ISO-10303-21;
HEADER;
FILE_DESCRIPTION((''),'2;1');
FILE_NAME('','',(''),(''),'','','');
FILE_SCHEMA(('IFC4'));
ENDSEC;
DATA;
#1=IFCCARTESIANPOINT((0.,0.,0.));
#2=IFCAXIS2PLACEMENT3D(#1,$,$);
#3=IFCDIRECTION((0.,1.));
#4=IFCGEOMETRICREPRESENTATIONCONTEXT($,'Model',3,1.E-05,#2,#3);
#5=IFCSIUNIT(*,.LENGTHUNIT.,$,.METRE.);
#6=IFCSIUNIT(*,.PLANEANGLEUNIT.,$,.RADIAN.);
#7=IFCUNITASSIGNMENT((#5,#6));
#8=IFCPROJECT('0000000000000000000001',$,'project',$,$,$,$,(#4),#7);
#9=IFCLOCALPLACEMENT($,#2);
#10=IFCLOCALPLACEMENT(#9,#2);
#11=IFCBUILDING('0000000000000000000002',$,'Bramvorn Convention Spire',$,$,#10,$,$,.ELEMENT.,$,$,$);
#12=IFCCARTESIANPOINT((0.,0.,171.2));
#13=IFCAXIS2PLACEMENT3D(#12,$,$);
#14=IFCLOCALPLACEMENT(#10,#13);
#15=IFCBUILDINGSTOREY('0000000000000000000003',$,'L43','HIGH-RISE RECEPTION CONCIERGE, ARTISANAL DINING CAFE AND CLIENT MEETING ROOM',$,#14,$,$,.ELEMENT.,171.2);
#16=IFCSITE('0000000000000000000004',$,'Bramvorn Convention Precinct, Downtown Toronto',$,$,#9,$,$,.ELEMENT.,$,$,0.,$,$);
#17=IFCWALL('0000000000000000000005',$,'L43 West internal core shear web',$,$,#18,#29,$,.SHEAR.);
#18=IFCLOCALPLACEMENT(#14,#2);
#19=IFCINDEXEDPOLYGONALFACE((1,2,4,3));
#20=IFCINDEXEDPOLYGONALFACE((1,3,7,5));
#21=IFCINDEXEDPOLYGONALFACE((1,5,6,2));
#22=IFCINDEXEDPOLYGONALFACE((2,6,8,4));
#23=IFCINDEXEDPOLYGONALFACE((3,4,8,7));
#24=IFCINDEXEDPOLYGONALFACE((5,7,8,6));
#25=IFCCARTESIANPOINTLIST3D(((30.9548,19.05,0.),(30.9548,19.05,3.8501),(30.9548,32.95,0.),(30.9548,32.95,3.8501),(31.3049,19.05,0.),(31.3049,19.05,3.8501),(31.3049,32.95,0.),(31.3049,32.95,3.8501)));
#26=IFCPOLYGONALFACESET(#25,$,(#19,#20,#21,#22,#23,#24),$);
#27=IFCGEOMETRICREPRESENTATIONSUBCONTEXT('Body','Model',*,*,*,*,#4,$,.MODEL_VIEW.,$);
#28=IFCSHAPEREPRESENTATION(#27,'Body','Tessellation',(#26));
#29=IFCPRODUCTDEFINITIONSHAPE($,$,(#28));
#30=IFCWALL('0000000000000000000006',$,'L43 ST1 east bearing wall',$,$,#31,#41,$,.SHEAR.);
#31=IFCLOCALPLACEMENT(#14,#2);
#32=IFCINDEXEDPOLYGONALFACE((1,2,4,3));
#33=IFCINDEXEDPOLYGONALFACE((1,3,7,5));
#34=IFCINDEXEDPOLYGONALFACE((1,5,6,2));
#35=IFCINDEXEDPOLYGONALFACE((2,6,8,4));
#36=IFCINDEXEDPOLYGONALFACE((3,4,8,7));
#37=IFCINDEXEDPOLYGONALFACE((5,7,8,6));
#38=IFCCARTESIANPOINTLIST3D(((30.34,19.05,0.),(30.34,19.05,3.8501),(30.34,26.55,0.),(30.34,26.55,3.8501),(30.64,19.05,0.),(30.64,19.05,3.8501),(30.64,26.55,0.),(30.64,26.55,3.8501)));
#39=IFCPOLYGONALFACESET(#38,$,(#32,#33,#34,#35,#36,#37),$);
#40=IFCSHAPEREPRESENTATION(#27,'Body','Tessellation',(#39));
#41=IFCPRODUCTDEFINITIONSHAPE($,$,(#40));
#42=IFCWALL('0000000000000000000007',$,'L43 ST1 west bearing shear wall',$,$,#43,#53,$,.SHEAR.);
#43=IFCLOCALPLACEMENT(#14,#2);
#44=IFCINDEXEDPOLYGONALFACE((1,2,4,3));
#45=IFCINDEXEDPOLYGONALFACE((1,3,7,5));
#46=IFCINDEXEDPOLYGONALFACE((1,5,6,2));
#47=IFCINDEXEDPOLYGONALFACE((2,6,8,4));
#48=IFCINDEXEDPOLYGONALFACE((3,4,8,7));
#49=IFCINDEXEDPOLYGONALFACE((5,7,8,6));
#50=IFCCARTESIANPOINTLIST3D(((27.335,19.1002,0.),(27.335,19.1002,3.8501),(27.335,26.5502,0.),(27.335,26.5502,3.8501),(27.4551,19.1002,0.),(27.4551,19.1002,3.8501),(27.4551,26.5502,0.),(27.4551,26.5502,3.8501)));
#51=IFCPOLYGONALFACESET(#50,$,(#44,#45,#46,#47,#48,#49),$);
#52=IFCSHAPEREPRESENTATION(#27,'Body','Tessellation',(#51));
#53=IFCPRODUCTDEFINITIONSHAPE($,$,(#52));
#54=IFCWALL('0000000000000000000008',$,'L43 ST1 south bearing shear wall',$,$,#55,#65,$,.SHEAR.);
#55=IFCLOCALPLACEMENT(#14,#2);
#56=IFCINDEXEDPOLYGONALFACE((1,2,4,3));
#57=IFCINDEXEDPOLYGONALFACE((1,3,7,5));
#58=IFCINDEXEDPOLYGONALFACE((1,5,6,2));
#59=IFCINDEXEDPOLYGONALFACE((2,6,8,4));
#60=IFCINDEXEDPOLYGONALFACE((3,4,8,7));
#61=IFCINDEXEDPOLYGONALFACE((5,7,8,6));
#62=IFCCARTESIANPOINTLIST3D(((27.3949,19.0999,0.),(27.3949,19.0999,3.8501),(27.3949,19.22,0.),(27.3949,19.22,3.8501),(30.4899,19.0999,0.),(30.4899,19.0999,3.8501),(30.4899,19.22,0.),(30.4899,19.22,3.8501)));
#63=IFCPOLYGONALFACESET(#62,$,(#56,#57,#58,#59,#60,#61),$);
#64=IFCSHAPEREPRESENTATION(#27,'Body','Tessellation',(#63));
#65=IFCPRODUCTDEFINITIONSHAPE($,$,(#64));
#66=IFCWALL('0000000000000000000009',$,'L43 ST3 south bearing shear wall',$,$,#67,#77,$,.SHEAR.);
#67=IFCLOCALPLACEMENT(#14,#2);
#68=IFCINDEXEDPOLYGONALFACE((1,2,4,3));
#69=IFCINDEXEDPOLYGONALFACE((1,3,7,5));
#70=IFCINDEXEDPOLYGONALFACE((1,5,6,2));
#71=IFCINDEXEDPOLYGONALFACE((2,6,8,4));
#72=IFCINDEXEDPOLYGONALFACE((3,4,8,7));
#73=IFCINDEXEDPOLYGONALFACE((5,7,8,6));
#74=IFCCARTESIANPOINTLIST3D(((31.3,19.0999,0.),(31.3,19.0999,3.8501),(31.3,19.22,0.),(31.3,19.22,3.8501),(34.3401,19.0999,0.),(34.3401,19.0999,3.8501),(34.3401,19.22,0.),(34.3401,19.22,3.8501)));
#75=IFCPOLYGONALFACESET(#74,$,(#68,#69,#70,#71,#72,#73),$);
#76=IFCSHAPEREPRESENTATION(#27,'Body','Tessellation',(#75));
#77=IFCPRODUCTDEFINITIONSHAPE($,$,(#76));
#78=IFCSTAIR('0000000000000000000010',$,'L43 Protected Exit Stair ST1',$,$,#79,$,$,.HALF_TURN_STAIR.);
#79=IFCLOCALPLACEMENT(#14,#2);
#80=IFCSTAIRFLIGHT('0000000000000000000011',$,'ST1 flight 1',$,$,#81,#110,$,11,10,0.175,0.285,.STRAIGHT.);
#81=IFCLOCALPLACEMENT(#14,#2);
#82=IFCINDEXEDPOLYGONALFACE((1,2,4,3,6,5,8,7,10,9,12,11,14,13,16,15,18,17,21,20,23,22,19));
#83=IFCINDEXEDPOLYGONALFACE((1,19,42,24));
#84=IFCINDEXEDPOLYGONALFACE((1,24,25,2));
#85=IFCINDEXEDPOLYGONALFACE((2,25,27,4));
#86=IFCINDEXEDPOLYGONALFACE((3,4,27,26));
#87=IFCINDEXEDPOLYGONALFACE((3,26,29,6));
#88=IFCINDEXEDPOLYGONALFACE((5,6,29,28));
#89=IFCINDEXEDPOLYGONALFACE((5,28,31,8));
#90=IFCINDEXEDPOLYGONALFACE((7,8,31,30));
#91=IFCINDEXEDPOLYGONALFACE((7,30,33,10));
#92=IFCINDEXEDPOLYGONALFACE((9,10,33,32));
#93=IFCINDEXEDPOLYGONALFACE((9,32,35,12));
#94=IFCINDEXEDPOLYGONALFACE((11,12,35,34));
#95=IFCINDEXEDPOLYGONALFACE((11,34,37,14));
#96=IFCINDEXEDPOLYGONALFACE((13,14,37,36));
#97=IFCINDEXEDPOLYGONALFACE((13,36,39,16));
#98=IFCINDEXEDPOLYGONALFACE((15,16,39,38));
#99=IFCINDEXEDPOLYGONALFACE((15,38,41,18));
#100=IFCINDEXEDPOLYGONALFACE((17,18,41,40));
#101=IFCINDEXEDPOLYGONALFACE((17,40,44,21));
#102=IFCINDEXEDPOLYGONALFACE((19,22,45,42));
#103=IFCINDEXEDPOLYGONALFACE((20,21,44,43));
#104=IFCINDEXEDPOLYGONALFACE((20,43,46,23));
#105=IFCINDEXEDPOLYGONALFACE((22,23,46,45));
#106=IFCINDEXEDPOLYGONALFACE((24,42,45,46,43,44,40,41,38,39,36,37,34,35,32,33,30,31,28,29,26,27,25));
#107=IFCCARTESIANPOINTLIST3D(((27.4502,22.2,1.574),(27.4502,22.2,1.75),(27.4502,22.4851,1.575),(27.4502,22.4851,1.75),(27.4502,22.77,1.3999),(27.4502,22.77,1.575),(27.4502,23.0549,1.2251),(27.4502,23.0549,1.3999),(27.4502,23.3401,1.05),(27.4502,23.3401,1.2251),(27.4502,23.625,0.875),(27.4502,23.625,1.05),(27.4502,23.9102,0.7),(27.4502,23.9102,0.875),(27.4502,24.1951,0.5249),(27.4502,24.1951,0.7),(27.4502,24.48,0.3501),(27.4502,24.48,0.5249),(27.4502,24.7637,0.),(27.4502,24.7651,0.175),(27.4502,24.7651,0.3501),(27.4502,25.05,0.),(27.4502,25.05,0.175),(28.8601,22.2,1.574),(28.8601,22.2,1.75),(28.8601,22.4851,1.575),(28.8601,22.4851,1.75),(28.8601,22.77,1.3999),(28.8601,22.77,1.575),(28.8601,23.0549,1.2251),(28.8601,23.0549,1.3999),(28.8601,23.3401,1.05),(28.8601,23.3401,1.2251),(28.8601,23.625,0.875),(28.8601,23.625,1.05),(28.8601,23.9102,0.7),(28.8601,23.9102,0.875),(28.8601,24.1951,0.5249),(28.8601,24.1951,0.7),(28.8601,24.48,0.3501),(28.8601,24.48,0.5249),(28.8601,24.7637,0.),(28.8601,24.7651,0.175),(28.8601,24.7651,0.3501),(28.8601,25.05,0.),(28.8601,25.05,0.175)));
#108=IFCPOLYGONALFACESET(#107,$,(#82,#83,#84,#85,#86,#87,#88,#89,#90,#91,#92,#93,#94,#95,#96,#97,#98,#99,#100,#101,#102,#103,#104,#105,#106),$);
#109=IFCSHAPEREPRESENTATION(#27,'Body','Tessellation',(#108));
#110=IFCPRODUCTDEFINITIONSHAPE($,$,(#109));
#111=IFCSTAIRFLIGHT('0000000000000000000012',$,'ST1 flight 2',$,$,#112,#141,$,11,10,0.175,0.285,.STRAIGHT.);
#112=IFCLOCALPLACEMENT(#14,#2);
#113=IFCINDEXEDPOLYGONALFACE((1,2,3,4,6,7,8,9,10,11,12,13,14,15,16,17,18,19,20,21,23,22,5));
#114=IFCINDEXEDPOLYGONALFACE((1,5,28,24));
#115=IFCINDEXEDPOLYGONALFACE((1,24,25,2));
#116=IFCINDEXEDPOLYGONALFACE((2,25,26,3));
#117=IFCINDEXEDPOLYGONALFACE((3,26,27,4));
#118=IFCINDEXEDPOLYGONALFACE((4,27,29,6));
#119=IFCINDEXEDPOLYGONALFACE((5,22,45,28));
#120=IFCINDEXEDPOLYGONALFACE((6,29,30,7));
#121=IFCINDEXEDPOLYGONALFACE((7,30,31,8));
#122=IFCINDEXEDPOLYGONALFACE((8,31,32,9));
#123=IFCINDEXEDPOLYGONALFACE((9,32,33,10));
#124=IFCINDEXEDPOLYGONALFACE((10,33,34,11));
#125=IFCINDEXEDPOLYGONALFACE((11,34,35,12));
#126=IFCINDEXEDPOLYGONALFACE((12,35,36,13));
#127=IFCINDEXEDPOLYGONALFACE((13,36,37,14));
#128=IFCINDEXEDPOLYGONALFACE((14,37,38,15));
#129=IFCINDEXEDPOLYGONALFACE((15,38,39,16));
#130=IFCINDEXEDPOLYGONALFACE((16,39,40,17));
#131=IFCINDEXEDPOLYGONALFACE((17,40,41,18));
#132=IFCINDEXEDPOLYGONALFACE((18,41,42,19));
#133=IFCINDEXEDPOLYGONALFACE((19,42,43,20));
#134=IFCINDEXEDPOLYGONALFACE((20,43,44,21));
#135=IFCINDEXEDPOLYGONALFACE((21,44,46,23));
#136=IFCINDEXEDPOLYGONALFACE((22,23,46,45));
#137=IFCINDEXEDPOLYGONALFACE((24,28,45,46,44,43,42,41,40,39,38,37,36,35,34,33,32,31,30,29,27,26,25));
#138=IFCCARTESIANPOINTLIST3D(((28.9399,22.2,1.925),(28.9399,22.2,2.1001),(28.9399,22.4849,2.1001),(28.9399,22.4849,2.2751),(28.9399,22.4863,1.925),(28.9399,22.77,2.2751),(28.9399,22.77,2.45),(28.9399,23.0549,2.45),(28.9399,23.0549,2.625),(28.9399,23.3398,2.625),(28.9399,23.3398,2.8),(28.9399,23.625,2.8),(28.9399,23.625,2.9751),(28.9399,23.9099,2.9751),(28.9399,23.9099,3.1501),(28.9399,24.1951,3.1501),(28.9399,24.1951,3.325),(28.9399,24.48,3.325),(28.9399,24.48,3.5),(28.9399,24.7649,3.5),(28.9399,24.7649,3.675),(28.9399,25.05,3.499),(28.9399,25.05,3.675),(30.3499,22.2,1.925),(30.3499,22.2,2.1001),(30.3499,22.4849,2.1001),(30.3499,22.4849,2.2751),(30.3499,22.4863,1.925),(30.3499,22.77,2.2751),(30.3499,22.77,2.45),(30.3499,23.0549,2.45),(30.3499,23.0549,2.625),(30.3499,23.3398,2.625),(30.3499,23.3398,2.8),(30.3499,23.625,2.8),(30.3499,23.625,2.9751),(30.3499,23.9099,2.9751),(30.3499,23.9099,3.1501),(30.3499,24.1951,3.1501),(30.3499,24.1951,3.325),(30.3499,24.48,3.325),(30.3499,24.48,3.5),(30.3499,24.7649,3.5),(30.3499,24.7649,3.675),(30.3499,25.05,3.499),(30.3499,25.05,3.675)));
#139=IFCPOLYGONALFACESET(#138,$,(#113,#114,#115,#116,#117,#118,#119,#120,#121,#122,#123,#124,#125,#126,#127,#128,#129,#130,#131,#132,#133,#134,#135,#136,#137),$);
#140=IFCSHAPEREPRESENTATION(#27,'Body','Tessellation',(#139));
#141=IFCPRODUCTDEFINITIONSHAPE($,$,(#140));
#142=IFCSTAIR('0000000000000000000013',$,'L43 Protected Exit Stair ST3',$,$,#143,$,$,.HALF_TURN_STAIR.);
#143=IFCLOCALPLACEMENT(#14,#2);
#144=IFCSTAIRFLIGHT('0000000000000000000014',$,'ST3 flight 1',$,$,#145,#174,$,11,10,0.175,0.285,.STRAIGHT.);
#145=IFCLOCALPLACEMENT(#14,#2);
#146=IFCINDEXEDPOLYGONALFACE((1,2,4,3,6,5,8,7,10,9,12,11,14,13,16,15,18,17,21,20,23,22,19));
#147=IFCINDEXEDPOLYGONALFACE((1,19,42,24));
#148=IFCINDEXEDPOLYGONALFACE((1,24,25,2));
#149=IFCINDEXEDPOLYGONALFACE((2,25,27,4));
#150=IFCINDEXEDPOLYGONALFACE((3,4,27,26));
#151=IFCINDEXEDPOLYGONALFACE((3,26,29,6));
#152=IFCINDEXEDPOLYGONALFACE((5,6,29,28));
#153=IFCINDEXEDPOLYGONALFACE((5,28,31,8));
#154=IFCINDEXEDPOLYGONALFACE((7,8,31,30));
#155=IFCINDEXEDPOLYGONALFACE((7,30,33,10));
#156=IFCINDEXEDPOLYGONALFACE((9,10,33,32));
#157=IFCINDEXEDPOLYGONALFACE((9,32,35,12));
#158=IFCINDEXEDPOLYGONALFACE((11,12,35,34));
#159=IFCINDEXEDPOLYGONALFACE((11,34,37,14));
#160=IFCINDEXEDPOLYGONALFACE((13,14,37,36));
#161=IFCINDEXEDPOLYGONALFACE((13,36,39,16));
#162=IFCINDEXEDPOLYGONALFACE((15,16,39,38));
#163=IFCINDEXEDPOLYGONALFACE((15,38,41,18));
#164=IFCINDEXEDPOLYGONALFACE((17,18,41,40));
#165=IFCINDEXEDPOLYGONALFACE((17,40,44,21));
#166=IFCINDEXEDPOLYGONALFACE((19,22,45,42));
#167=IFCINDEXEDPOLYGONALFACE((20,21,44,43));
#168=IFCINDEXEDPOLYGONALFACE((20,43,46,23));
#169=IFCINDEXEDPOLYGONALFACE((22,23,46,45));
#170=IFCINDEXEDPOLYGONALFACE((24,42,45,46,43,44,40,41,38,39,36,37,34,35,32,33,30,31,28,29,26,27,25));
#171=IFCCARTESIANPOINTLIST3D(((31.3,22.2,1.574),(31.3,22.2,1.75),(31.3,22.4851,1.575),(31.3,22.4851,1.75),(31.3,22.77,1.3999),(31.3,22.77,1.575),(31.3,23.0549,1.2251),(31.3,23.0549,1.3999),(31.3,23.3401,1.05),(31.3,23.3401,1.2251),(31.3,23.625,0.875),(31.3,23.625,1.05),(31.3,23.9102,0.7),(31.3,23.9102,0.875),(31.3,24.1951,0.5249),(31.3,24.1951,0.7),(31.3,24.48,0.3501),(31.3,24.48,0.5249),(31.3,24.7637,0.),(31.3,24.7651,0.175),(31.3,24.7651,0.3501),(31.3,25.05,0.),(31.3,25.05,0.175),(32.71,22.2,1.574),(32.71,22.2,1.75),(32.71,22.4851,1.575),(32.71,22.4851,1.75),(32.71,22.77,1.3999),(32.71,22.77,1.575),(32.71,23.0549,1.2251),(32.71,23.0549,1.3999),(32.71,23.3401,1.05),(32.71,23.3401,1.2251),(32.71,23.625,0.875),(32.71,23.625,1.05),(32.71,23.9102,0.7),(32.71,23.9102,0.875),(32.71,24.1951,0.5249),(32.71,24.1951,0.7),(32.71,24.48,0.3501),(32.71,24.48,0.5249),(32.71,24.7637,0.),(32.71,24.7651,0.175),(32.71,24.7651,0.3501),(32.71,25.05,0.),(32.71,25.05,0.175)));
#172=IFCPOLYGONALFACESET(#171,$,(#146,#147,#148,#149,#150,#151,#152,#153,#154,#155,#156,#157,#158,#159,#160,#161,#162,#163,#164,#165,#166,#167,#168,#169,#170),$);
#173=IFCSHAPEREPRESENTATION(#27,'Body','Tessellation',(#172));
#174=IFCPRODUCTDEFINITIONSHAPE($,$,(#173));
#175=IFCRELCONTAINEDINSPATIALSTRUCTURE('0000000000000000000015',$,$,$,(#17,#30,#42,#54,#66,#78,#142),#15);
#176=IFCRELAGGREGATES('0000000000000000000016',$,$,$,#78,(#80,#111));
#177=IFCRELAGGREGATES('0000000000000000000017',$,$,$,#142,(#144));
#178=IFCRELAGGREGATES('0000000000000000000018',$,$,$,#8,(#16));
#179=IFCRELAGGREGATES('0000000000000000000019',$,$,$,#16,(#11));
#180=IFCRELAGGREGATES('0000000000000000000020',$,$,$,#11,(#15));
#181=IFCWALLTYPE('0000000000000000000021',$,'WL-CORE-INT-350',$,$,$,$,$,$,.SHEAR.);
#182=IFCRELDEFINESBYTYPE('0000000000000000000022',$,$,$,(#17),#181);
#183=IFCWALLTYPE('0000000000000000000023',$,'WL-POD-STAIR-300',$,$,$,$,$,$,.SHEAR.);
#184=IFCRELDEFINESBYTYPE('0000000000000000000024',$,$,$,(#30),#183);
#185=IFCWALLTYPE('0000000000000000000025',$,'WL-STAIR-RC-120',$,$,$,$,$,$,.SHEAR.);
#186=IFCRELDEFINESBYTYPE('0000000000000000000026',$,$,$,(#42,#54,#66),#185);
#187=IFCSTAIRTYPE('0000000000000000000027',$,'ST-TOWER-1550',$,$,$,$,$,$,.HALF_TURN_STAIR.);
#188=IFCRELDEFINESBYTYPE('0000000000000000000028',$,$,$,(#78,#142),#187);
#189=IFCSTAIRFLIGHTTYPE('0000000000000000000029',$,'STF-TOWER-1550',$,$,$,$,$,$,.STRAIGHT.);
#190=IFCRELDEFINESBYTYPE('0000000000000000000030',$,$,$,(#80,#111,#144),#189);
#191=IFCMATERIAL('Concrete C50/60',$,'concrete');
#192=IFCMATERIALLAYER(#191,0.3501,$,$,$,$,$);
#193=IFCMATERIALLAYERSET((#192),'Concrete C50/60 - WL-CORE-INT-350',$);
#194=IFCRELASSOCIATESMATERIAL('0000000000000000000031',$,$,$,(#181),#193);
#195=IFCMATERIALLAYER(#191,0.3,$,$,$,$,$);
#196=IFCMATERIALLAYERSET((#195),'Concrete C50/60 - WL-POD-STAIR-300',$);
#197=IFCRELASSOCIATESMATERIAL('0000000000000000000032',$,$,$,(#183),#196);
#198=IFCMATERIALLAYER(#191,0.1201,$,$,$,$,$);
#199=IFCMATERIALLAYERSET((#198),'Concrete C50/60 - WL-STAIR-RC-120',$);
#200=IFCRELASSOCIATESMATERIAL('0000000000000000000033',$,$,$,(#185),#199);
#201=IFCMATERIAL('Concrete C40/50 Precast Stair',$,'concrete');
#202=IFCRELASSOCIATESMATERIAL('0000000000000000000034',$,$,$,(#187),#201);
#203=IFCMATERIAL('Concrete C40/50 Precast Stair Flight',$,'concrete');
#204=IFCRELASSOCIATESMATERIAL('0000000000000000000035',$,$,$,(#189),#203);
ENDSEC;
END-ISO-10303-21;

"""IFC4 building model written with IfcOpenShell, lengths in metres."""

from ifc_helpers import new_model, si_unit, direction, frame, frame_2d, origin, place, context, subcontext, project, spatial, polyline, rectangle, outline, extrude, material, layer, layer_set, type_object, element, aggregate, save


model = new_model("IFC4")

# Units and contexts
model_context = context("Model", 3, precision=1e-05, world=origin(), true_north=direction((0.0, 1.0)))
body_context = subcontext(model_context, "Body", "Model", "MODEL_VIEW")
ifc_project = project(units=[si_unit("LENGTHUNIT", "METRE"), si_unit("PLANEANGLEUNIT", "RADIAN")], contexts=[model_context])

# Site, building, storey
site_placement = place(None, origin())
site = spatial("IfcSite", under=ifc_project, at=site_placement, Name="Bramvorn Convention Precinct, Downtown Toronto", CompositionType="ELEMENT", RefElevation=0.0)
building_placement = place(site_placement, origin())
building = spatial("IfcBuilding", under=site, at=building_placement, Name="Bramvorn Convention Spire", CompositionType="ELEMENT")
storey_placement = place(building_placement, frame((0.0, 0.0, 171.2)))
storey = spatial("IfcBuildingStorey", under=building, at=storey_placement, Name="L43", Description="HIGH-RISE RECEPTION CONCIERGE, ARTISANAL DINING CAFE AND CLIENT MEETING ROOM", CompositionType="ELEMENT", Elevation=171.2)

# Walls
ifc_material_1 = material(Name="Concrete C50/60", Category="concrete")
ifc_layer_1 = layer(ifc_material_1, 0.3501)
ifc_layer_set_1 = layer_set([ifc_layer_1], Name="Concrete C50/60 - WL-CORE-INT-350")
wall_type_1 = type_object("IfcWallType", Name="WL-CORE-INT-350", PredefinedType="SHEAR", material=ifc_layer_set_1)
wall_1_placement = place(storey_placement, frame((31.1299, 19.05, 0.0), z_axis=(0.0, 0.0, 1.0), x_axis=(0.0, 1.0, 0.0)))
element("IfcWall", 1, at=wall_1_placement, inside=storey, type_object=wall_type_1, Name="L43 West internal core shear web", PredefinedType="SHEAR", context=body_context, shape_type="SweptSolid", body=[
    extrude(rectangle(XDim=13.8999, YDim=0.3501, at=frame_2d((6.95, 0.0))), origin(), (0.0, 0.0, 1.0), 3.8501),
])
ifc_layer_2 = layer(ifc_material_1, 0.3)
ifc_layer_set_2 = layer_set([ifc_layer_2], Name="Concrete C50/60 - WL-POD-STAIR-300")
wall_type_2 = type_object("IfcWallType", Name="WL-POD-STAIR-300", PredefinedType="SHEAR", material=ifc_layer_set_2)
wall_2_placement = place(storey_placement, frame((30.49, 19.05, 0.0), z_axis=(0.0, 0.0, 1.0), x_axis=(0.0, 1.0, 0.0)))
element("IfcWall", 2, at=wall_2_placement, inside=storey, type_object=wall_type_2, Name="L43 ST1 east bearing wall", PredefinedType="SHEAR", context=body_context, shape_type="SweptSolid", body=[
    extrude(rectangle(XDim=7.5, YDim=0.3, at=frame_2d((3.75, 0.0))), origin(), (0.0, 0.0, 1.0), 3.8501),
])
ifc_layer_3 = layer(ifc_material_1, 0.1201)
ifc_layer_set_3 = layer_set([ifc_layer_3], Name="Concrete C50/60 - WL-STAIR-RC-120")
wall_type_3 = type_object("IfcWallType", Name="WL-STAIR-RC-120", PredefinedType="SHEAR", material=ifc_layer_set_3)
wall_3_placement = place(storey_placement, frame((27.395, 19.1001, 0.0), z_axis=(0.0, 0.0, 1.0), x_axis=(0.0, 1.0, 0.0)))
element("IfcWall", 3, at=wall_3_placement, inside=storey, type_object=wall_type_3, Name="L43 ST1 west bearing shear wall", PredefinedType="SHEAR", context=body_context, shape_type="SweptSolid", body=[
    extrude(rectangle(XDim=7.45, YDim=0.1201, at=frame_2d((3.7251, 0.0))), origin(), (0.0, 0.0, 1.0), 3.8501),
])
wall_4_placement = place(storey_placement, frame((27.395, 19.1599, 0.0), z_axis=(0.0, 0.0, 1.0), x_axis=(1.0, 0.0, 0.0)))
element("IfcWall", 4, at=wall_4_placement, inside=storey, type_object=wall_type_3, Name="L43 ST1 south bearing shear wall", PredefinedType="SHEAR", context=body_context, shape_type="SweptSolid", body=[
    extrude(rectangle(XDim=3.095, YDim=0.1201, at=frame_2d((1.5474, 0.0))), origin(), (0.0, 0.0, 1.0), 3.8501),
])
wall_5_placement = place(storey_placement, frame((31.3, 19.1599, 0.0), z_axis=(0.0, 0.0, 1.0), x_axis=(1.0, 0.0, 0.0)))
element("IfcWall", 5, at=wall_5_placement, inside=storey, type_object=wall_type_3, Name="L43 ST3 south bearing shear wall", PredefinedType="SHEAR", context=body_context, shape_type="SweptSolid", body=[
    extrude(rectangle(XDim=3.04, YDim=0.1201, at=frame_2d((1.52, 0.0))), origin(), (0.0, 0.0, 1.0), 3.8501),
])

# Stairs, stair flights
ifc_material_2 = material(Name="Concrete C40/50 Precast Stair", Category="concrete")
stair_type = type_object("IfcStairType", Name="ST-TOWER-1550", PredefinedType="HALF_TURN_STAIR", material=ifc_material_2)
stair_1_placement = place(storey_placement, origin())
stair_1 = element("IfcStair", 6, at=stair_1_placement, inside=storey, type_object=stair_type, Name="L43 Protected Exit Stair ST1", PredefinedType="HALF_TURN_STAIR")
ifc_material_3 = material(Name="Concrete C40/50 Precast Stair Flight", Category="concrete")
stair_flight_type = type_object("IfcStairFlightType", Name="STF-TOWER-1550", PredefinedType="STRAIGHT", material=ifc_material_3)
stair_flight_1_placement = place(storey_placement, frame((28.155, 25.05, 0.0), z_axis=(0.0, 0.0, 1.0), x_axis=(0.0, -1.0, 0.0)))
stair_flight_1 = element("IfcStairFlight", 7, at=stair_flight_1_placement, type_object=stair_flight_type, Name="ST1 flight 1", NumberOfRisers=11, NumberOfTreads=10, PredefinedType="STRAIGHT", RiserHeight=0.175, TreadLength=0.285, context=body_context, shape_type="SweptSolid", body=[
    extrude(outline(polyline([(0.0, 0.0), (0.0, 0.175), (0.2849, 0.175), (0.2849, 0.3501), (0.5701, 0.3501), (0.5701, 0.5249), (0.855, 0.5249), (0.855, 0.7), (1.1399, 0.7), (1.1399, 0.875), (1.425, 0.875), (1.425, 1.05), (1.71, 1.05), (1.71, 1.2251), (1.9951, 1.2251), (1.9951, 1.3999), (2.28, 1.3999), (2.28, 1.575), (2.5649, 1.575), (2.5649, 1.75), (2.8501, 1.75), (2.8501, 1.925), (2.8501, 1.574), (0.2864, 0.0), (0.0, 0.0)])), frame((0.0, 0.7051, 0.0), z_axis=(0.0, -1.0, 0.0), x_axis=(1.0, 0.0, 0.0)), (0.0, 0.0, 1.0), 1.4099),
])
stair_flight_2_placement = place(storey_placement, frame((29.645, 22.2, 1.925), z_axis=(0.0, 0.0, 1.0), x_axis=(0.0, 1.0, 0.0)))
stair_flight_2 = element("IfcStairFlight", 8, at=stair_flight_2_placement, type_object=stair_flight_type, Name="ST1 flight 2", NumberOfRisers=11, NumberOfTreads=10, PredefinedType="STRAIGHT", RiserHeight=0.175, TreadLength=0.285, context=body_context, shape_type="SweptSolid", body=[
    extrude(outline(polyline([(0.0, 0.0), (0.0, 0.175), (0.2849, 0.175), (0.2849, 0.3501), (0.5701, 0.3501), (0.5701, 0.5249), (0.855, 0.5249), (0.855, 0.7), (1.1399, 0.7), (1.1399, 0.875), (1.425, 0.875), (1.425, 1.05), (1.71, 1.05), (1.71, 1.2251), (1.9951, 1.2251), (1.9951, 1.3999), (2.28, 1.3999), (2.28, 1.575), (2.5649, 1.575), (2.5649, 1.75), (2.8501, 1.75), (2.8501, 1.925), (2.8501, 1.574), (0.2864, 0.0), (0.0, 0.0)])), frame((0.0, 0.7051, 0.0), z_axis=(0.0, -1.0, 0.0), x_axis=(1.0, 0.0, 0.0)), (0.0, 0.0, 1.0), 1.4099),
])
aggregate(stair_1, [stair_flight_1, stair_flight_2])
stair_2_placement = place(storey_placement, origin())
stair_2 = element("IfcStair", 9, at=stair_2_placement, inside=storey, type_object=stair_type, Name="L43 Protected Exit Stair ST3", PredefinedType="HALF_TURN_STAIR")
stair_flight_3_placement = place(storey_placement, frame((32.0049, 25.05, 0.0), z_axis=(0.0, 0.0, 1.0), x_axis=(0.0, -1.0, 0.0)))
stair_flight_3 = element("IfcStairFlight", 10, at=stair_flight_3_placement, type_object=stair_flight_type, Name="ST3 flight 1", NumberOfRisers=11, NumberOfTreads=10, PredefinedType="STRAIGHT", RiserHeight=0.175, TreadLength=0.285, context=body_context, shape_type="SweptSolid", body=[
    extrude(outline(polyline([(0.0, 0.0), (0.0, 0.175), (0.2849, 0.175), (0.2849, 0.3501), (0.5701, 0.3501), (0.5701, 0.5249), (0.855, 0.5249), (0.855, 0.7), (1.1399, 0.7), (1.1399, 0.875), (1.425, 0.875), (1.425, 1.05), (1.71, 1.05), (1.71, 1.2251), (1.9951, 1.2251), (1.9951, 1.3999), (2.28, 1.3999), (2.28, 1.575), (2.5649, 1.575), (2.5649, 1.75), (2.8501, 1.75), (2.8501, 1.925), (2.8501, 1.574), (0.2864, 0.0), (0.0, 0.0)])), frame((0.0, 0.7051, 0.0), z_axis=(0.0, -1.0, 0.0), x_axis=(1.0, 0.0, 0.0)), (0.0, 0.0, 1.0), 1.4099),
])
aggregate(stair_2, [stair_flight_3])

save(model, "model.ifc")
